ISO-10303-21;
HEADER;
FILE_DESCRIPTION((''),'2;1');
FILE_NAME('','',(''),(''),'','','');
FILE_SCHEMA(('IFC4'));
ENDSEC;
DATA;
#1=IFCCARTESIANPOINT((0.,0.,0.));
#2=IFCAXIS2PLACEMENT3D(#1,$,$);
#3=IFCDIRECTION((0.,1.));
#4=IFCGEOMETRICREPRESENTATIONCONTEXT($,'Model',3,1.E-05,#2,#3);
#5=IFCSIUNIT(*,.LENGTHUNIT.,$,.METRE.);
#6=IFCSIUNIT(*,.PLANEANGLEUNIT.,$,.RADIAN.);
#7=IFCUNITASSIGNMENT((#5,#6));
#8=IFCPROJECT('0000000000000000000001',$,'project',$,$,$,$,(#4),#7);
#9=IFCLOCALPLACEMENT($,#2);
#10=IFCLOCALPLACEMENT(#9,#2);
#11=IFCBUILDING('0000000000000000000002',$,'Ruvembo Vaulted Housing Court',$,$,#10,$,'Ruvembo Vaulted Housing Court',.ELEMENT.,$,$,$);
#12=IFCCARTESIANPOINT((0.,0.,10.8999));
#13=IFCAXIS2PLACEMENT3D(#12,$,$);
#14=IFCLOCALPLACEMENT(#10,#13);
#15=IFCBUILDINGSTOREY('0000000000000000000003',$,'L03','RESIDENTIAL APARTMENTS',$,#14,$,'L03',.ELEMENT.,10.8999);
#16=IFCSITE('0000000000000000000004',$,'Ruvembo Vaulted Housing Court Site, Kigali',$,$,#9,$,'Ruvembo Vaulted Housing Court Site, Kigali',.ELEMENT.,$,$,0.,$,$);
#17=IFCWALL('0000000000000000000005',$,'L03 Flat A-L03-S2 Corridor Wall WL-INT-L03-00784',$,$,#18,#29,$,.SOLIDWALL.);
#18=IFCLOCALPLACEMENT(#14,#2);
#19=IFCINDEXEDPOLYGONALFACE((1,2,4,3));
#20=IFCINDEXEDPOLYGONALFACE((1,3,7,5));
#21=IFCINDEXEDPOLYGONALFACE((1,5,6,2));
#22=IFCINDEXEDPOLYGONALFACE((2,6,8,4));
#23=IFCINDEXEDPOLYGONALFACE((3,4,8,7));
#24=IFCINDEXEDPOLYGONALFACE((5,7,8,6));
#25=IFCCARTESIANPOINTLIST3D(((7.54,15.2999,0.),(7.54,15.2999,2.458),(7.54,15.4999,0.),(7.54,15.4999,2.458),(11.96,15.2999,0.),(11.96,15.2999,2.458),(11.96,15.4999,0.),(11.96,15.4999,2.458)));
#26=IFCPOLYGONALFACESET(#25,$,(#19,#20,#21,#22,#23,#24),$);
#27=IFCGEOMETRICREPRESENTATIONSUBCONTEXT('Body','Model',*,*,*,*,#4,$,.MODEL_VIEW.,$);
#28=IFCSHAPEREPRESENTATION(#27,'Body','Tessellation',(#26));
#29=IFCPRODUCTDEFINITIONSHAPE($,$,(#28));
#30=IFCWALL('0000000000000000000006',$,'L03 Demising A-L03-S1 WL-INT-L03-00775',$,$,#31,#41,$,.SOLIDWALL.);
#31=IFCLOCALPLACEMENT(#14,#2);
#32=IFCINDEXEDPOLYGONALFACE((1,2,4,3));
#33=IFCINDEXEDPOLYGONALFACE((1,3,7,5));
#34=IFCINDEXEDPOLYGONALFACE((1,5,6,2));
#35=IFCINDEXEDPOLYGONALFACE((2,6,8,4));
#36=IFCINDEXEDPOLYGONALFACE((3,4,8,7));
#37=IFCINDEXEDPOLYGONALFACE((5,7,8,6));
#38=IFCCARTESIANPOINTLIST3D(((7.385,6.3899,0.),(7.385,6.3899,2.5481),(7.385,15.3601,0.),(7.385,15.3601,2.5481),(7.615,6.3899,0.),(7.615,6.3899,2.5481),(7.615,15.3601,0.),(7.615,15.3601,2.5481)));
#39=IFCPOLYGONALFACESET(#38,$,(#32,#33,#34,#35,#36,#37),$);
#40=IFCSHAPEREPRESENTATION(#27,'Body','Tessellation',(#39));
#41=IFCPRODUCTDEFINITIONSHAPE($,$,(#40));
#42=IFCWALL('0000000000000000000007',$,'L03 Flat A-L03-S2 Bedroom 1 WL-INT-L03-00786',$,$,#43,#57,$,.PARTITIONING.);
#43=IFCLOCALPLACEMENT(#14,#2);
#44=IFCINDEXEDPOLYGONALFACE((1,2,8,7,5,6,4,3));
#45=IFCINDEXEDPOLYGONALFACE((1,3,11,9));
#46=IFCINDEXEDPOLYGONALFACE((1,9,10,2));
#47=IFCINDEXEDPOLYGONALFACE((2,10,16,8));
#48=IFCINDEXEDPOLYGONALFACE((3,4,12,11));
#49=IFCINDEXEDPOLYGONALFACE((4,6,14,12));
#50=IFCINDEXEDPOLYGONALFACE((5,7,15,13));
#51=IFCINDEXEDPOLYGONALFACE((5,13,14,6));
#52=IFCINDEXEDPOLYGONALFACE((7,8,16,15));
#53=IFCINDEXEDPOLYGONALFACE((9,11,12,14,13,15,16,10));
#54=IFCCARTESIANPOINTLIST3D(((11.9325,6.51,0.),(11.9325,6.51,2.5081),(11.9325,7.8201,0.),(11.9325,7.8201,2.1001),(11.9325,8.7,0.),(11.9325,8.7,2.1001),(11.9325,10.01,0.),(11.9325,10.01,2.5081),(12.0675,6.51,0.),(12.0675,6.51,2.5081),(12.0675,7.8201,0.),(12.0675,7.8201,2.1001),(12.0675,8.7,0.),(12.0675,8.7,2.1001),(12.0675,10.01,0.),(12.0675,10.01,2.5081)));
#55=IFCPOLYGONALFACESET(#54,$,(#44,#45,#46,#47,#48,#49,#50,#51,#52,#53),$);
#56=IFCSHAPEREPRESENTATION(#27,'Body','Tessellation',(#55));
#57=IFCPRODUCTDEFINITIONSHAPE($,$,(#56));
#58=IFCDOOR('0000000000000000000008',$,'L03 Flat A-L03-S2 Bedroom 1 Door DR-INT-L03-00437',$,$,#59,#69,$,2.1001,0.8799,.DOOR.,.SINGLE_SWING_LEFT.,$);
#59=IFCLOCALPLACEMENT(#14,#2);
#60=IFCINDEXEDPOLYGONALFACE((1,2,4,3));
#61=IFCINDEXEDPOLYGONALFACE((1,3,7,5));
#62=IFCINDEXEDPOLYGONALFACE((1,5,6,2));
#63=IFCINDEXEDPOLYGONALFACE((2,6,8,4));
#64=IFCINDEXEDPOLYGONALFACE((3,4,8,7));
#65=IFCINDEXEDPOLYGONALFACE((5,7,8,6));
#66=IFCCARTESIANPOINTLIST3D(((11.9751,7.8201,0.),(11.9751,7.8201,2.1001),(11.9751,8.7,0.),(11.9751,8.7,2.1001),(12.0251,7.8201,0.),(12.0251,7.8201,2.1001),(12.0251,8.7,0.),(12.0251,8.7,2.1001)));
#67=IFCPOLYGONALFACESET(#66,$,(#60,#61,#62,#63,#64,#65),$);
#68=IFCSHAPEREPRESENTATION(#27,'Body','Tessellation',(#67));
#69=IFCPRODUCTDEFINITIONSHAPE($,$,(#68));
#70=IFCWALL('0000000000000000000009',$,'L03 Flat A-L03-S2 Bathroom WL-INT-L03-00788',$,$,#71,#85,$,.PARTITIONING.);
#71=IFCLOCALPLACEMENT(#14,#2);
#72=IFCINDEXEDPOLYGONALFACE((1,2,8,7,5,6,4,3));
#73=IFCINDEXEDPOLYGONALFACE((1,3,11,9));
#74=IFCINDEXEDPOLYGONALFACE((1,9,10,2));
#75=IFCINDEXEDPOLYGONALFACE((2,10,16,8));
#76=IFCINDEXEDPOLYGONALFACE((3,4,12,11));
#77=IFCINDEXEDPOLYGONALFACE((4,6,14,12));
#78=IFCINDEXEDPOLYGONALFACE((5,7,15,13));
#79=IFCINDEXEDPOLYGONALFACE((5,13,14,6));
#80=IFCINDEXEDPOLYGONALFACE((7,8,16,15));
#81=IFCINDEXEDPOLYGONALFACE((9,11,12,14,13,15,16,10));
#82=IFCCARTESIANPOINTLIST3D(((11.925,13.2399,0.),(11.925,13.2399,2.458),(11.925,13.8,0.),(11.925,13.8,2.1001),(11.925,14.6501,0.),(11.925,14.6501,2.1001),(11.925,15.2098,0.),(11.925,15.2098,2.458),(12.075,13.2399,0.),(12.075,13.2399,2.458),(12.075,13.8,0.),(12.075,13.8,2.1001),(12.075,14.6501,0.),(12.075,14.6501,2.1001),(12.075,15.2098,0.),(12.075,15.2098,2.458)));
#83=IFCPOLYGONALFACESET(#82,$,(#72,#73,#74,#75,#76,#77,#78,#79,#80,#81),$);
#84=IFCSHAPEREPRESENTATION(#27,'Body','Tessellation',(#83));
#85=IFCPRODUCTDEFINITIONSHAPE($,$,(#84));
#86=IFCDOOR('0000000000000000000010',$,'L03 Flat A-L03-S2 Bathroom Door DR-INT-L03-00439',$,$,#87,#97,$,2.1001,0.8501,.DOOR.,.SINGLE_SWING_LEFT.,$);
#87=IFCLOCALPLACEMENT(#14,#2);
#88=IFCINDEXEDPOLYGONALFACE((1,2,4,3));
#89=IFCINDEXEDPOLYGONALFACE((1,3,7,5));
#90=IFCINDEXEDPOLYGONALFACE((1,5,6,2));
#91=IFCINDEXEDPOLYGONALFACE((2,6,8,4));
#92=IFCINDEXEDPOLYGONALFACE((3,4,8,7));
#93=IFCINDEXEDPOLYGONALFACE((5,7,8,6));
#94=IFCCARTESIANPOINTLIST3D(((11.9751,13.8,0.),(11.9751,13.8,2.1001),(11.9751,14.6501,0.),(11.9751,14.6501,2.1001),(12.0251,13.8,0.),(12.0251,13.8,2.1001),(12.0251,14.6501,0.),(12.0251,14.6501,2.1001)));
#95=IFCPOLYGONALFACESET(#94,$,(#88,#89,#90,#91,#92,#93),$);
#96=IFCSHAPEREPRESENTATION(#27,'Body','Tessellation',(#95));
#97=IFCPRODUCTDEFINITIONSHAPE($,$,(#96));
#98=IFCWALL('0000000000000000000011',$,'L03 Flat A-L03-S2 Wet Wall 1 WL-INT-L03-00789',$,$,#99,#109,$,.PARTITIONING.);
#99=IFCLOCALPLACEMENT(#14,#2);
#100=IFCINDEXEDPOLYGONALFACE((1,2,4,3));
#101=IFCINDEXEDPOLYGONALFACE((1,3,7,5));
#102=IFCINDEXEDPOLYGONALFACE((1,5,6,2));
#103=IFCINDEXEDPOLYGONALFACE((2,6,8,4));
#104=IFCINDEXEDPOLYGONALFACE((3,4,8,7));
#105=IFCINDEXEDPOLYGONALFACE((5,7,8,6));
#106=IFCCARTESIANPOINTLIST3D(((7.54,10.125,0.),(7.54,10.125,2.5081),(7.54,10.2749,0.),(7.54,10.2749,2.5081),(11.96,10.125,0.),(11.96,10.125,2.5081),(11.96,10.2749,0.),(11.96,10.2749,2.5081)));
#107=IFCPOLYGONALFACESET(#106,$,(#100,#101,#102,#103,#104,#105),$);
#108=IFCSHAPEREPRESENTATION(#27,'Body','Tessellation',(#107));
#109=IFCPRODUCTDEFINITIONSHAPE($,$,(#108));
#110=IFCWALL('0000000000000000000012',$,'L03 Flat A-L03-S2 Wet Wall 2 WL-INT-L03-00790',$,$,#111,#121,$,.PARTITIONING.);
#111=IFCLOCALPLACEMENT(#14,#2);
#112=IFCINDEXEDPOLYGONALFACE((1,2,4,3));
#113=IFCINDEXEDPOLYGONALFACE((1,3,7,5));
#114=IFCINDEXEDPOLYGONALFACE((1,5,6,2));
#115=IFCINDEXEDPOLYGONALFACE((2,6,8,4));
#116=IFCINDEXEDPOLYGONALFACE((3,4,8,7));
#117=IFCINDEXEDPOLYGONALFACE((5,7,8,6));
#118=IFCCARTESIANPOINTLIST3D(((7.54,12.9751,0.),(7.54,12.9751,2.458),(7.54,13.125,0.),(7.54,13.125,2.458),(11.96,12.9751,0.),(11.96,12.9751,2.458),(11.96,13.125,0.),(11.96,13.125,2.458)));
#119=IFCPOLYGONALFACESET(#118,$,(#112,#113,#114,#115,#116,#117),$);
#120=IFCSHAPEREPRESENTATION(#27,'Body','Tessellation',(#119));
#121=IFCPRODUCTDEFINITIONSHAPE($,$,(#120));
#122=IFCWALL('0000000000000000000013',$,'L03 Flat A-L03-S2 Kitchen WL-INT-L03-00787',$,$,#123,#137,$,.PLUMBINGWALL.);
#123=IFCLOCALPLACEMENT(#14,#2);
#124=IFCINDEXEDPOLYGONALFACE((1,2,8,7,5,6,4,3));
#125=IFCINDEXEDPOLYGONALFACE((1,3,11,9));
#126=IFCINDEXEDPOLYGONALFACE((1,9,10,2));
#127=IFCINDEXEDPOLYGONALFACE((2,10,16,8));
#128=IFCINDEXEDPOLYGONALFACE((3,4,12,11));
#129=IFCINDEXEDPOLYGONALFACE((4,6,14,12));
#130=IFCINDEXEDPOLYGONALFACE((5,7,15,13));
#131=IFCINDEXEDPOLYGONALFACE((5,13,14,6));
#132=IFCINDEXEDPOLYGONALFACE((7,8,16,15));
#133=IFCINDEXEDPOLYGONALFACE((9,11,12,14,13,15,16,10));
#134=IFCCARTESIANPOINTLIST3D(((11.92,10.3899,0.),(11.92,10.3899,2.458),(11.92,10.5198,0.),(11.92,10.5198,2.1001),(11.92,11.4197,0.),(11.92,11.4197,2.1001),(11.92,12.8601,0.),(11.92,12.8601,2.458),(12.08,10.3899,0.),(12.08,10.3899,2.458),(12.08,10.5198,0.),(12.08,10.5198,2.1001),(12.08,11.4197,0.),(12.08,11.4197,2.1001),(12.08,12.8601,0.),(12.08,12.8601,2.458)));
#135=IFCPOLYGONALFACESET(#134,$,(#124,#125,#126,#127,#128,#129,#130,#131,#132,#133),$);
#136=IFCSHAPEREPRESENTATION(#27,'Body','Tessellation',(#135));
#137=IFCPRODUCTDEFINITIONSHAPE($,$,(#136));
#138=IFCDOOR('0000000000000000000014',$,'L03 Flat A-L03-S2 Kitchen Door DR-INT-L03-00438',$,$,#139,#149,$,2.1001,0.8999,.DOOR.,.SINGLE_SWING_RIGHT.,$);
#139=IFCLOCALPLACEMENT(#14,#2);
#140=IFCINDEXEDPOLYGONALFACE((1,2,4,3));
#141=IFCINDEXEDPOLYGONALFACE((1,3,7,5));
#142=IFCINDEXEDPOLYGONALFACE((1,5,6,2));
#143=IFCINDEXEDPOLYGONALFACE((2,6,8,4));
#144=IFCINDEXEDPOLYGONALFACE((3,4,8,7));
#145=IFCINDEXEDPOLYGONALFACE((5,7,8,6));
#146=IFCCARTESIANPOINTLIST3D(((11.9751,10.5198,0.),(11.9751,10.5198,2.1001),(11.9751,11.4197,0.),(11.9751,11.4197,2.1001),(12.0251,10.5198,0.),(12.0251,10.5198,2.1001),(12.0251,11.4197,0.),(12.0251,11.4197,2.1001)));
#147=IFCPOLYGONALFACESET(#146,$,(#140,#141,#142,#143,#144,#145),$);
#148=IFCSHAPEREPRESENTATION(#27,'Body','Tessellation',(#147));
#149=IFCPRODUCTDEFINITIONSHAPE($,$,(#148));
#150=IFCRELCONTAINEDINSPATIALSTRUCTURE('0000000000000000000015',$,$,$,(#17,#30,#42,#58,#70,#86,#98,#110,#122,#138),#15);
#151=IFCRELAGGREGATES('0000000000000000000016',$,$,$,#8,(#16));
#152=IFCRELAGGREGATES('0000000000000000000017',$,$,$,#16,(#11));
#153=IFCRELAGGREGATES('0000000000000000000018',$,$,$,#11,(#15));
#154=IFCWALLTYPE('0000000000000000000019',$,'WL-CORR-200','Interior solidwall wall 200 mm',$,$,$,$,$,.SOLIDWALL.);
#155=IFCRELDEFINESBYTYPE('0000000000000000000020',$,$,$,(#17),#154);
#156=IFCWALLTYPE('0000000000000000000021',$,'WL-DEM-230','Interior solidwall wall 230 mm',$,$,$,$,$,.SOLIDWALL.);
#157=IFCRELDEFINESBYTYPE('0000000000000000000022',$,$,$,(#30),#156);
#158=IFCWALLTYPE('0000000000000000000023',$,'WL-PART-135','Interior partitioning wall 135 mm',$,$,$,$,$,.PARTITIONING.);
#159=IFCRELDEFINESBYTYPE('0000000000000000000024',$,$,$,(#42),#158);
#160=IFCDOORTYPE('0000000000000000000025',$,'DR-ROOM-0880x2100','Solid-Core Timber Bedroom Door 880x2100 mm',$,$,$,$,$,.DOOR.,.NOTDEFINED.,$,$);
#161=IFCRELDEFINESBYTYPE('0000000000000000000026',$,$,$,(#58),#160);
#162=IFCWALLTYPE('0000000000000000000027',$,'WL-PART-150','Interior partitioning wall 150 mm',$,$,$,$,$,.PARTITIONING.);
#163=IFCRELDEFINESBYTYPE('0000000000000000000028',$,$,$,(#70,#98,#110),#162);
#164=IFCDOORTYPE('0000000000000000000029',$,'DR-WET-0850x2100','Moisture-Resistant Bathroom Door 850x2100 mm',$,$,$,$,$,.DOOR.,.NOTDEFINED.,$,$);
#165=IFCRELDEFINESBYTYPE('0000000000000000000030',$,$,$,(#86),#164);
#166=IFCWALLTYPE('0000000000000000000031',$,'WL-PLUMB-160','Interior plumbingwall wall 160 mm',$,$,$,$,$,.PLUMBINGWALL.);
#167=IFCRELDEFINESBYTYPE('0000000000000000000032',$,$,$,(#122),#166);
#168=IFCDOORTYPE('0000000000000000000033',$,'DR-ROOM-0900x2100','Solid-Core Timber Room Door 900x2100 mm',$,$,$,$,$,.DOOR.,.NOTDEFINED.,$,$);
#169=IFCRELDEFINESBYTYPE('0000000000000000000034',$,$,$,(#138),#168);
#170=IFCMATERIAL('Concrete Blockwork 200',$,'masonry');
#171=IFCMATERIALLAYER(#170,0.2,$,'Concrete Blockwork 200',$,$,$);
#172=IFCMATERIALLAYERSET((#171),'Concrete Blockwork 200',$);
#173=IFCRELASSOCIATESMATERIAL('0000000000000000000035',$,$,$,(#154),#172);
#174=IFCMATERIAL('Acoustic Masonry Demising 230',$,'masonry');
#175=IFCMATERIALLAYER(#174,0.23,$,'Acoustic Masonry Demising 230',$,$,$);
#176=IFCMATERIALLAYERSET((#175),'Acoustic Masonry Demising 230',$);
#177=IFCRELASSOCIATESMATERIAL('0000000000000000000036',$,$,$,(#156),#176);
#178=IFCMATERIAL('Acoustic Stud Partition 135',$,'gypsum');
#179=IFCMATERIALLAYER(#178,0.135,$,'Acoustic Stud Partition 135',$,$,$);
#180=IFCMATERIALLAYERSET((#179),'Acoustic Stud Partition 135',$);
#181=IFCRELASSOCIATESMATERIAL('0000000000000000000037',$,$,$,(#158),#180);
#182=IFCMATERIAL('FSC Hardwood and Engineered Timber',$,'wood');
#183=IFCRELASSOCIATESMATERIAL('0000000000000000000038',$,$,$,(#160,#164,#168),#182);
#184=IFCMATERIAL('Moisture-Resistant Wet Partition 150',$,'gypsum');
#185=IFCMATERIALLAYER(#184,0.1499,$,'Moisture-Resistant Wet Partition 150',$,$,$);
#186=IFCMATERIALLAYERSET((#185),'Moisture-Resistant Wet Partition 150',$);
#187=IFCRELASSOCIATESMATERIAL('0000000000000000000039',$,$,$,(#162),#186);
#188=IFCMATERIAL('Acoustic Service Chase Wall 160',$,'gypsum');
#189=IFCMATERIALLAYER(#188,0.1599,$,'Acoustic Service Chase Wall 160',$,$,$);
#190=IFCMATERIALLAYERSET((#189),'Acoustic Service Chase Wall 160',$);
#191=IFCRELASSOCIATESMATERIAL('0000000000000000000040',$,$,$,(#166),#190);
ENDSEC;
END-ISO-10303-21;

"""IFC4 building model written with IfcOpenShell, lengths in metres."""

from ifc_helpers import new_model, si_unit, direction, frame, frame_2d, origin, place, context, subcontext, project, spatial, rectangle, extrude, material, layer, layer_set, type_object, element, fill, save


model = new_model("IFC4")

# Units and contexts
model_context = context("Model", 3, precision=1e-05, world=origin(), true_north=direction((0.0, 1.0)))
body_context = subcontext(model_context, "Body", "Model", "MODEL_VIEW")
ifc_project = project(units=[si_unit("LENGTHUNIT", "METRE"), si_unit("PLANEANGLEUNIT", "RADIAN")], contexts=[model_context])

# Site, building, storey
site_placement = place(None, origin())
site = spatial("IfcSite", under=ifc_project, at=site_placement, Name="Ruvembo Vaulted Housing Court Site, Kigali", LongName="Ruvembo Vaulted Housing Court Site, Kigali", CompositionType="ELEMENT", RefElevation=0.0)
building_placement = place(site_placement, origin())
building = spatial("IfcBuilding", under=site, at=building_placement, Name="Ruvembo Vaulted Housing Court", LongName="Ruvembo Vaulted Housing Court", CompositionType="ELEMENT")
storey_placement = place(building_placement, frame((0.0, 0.0, 10.8999)))
storey = spatial("IfcBuildingStorey", under=building, at=storey_placement, Name="L03", Description="RESIDENTIAL APARTMENTS", LongName="L03", CompositionType="ELEMENT", Elevation=10.8999)

# Wall
ifc_material_1 = material(Name="Concrete Blockwork 200", Category="masonry")
ifc_layer_1 = layer(ifc_material_1, 0.2, Name="Concrete Blockwork 200")
ifc_layer_set_1 = layer_set([ifc_layer_1], Name="Concrete Blockwork 200")
wall_type_1 = type_object("IfcWallType", Name="WL-CORR-200", Description="Interior solidwall wall 200 mm", PredefinedType="SOLIDWALL", material=ifc_layer_set_1)
wall_1_placement = place(storey_placement, frame((7.54, 15.3999, 0.0), z_axis=(0.0, 0.0, 1.0), x_axis=(1.0, 0.0, 0.0)))
element("IfcWall", 1, at=wall_1_placement, inside=storey, type_object=wall_type_1, Name="L03 Flat A-L03-S2 Corridor Wall WL-INT-L03-00784", PredefinedType="SOLIDWALL", context=body_context, shape_type="SweptSolid", body=[
    extrude(rectangle(XDim=4.4199, YDim=0.2, at=frame_2d((2.21, 0.0))), origin(), (0.0, 0.0, 1.0), 2.458),
])

# Shared definitions
ifc_material_2 = material(Name="FSC Hardwood and Engineered Timber", Category="wood")

# Wall
ifc_material_3 = material(Name="Acoustic Masonry Demising 230", Category="masonry")
ifc_layer_2 = layer(ifc_material_3, 0.23, Name="Acoustic Masonry Demising 230")
ifc_layer_set_2 = layer_set([ifc_layer_2], Name="Acoustic Masonry Demising 230")
wall_type_2 = type_object("IfcWallType", Name="WL-DEM-230", Description="Interior solidwall wall 230 mm", PredefinedType="SOLIDWALL", material=ifc_layer_set_2)
wall_2_placement = place(storey_placement, frame((7.5, 6.3899, 0.0), z_axis=(0.0, 0.0, 1.0), x_axis=(0.0, 1.0, 0.0)))
element("IfcWall", 2, at=wall_2_placement, inside=storey, type_object=wall_type_2, Name="L03 Demising A-L03-S1 WL-INT-L03-00775", PredefinedType="SOLIDWALL", context=body_context, shape_type="SweptSolid", body=[
    extrude(rectangle(XDim=8.9702, YDim=0.23, at=frame_2d((4.4851, 0.0))), origin(), (0.0, 0.0, 1.0), 2.5481),
])

# Walls, openings, doors
ifc_material_4 = material(Name="Acoustic Stud Partition 135", Category="gypsum")
ifc_layer_3 = layer(ifc_material_4, 0.135, Name="Acoustic Stud Partition 135")
ifc_layer_set_3 = layer_set([ifc_layer_3], Name="Acoustic Stud Partition 135")
wall_type_3 = type_object("IfcWallType", Name="WL-PART-135", Description="Interior partitioning wall 135 mm", PredefinedType="PARTITIONING", material=ifc_layer_set_3)
wall_3_placement = place(storey_placement, frame((12.0, 6.51, 0.0), z_axis=(0.0, 0.0, 1.0), x_axis=(0.0, 1.0, 0.0)))
wall_3 = element("IfcWall", 3, at=wall_3_placement, inside=storey, type_object=wall_type_3, Name="L03 Flat A-L03-S2 Bedroom 1 WL-INT-L03-00786", PredefinedType="PARTITIONING", context=body_context, shape_type="SweptSolid", body=[
    extrude(rectangle(XDim=3.5, YDim=0.135, at=frame_2d((1.75, 0.0))), origin(), (0.0, 0.0, 1.0), 2.5081),
])
opening_1_placement = place(wall_3_placement, frame((1.3101, 0.0, 0.0)))
opening_1 = element("IfcOpeningElement", 4, at=opening_1_placement, cuts=wall_3, PredefinedType="OPENING", context=body_context, shape_type="SweptSolid", body=[
    extrude(rectangle(XDim=0.8799, YDim=2.1001, at=frame_2d((0.4399, 1.05))), frame((0.0, 0.0774, 0.0), z_axis=(0.0, -1.0, 0.0), x_axis=(1.0, 0.0, 0.0)), (0.0, 0.0, 1.0), 0.155),
])
door_type_1 = type_object("IfcDoorType", Name="DR-ROOM-0880x2100", Description="Solid-Core Timber Bedroom Door 880x2100 mm", OperationType="NOTDEFINED", PredefinedType="DOOR", material=ifc_material_2)
door_1_placement = place(opening_1_placement, origin())
door_1 = element("IfcDoor", 5, at=door_1_placement, inside=storey, type_object=door_type_1, Name="L03 Flat A-L03-S2 Bedroom 1 Door DR-INT-L03-00437", OperationType="SINGLE_SWING_LEFT", OverallHeight=2.1001, OverallWidth=0.8799, PredefinedType="DOOR", context=body_context, shape_type="SweptSolid", body=[
    extrude(rectangle(XDim=0.8799, YDim=2.1001, at=frame_2d((0.4399, 1.05))), frame((0.0, 0.0249, 0.0), z_axis=(0.0, -1.0, 0.0), x_axis=(1.0, 0.0, 0.0)), (0.0, 0.0, 1.0), 0.05),
])
fill(opening_1, door_1)
ifc_material_5 = material(Name="Moisture-Resistant Wet Partition 150", Category="gypsum")
ifc_layer_4 = layer(ifc_material_5, 0.1499, Name="Moisture-Resistant Wet Partition 150")
ifc_layer_set_4 = layer_set([ifc_layer_4], Name="Moisture-Resistant Wet Partition 150")
wall_type_4 = type_object("IfcWallType", Name="WL-PART-150", Description="Interior partitioning wall 150 mm", PredefinedType="PARTITIONING", material=ifc_layer_set_4)
wall_4_placement = place(storey_placement, frame((12.0, 13.24, 0.0), z_axis=(0.0, 0.0, 1.0), x_axis=(0.0, 1.0, 0.0)))
wall_4 = element("IfcWall", 6, at=wall_4_placement, inside=storey, type_object=wall_type_4, Name="L03 Flat A-L03-S2 Bathroom WL-INT-L03-00788", PredefinedType="PARTITIONING", context=body_context, shape_type="SweptSolid", body=[
    extrude(rectangle(XDim=1.97, YDim=0.1499, at=frame_2d((0.9849, 0.0))), origin(), (0.0, 0.0, 1.0), 2.458),
])
opening_2_placement = place(wall_4_placement, frame((0.5601, 0.0, 0.0)))
opening_2 = element("IfcOpeningElement", 7, at=opening_2_placement, cuts=wall_4, PredefinedType="OPENING", context=body_context, shape_type="SweptSolid", body=[
    extrude(rectangle(XDim=0.8501, YDim=2.1001, at=frame_2d((0.425, 1.05))), frame((0.0, 0.085, 0.0), z_axis=(0.0, -1.0, 0.0), x_axis=(1.0, 0.0, 0.0)), (0.0, 0.0, 1.0), 0.1699),
])
door_type_2 = type_object("IfcDoorType", Name="DR-WET-0850x2100", Description="Moisture-Resistant Bathroom Door 850x2100 mm", OperationType="NOTDEFINED", PredefinedType="DOOR", material=ifc_material_2)
door_2_placement = place(opening_2_placement, origin())
door_2 = element("IfcDoor", 8, at=door_2_placement, inside=storey, type_object=door_type_2, Name="L03 Flat A-L03-S2 Bathroom Door DR-INT-L03-00439", OperationType="SINGLE_SWING_LEFT", OverallHeight=2.1001, OverallWidth=0.8501, PredefinedType="DOOR", context=body_context, shape_type="SweptSolid", body=[
    extrude(rectangle(XDim=0.8501, YDim=2.1001, at=frame_2d((0.425, 1.05))), frame((0.0, 0.0249, 0.0), z_axis=(0.0, -1.0, 0.0), x_axis=(1.0, 0.0, 0.0)), (0.0, 0.0, 1.0), 0.05),
])
fill(opening_2, door_2)

# Walls
wall_5_placement = place(storey_placement, frame((7.54, 10.2, 0.0), z_axis=(0.0, 0.0, 1.0), x_axis=(1.0, 0.0, 0.0)))
element("IfcWall", 9, at=wall_5_placement, inside=storey, type_object=wall_type_4, Name="L03 Flat A-L03-S2 Wet Wall 1 WL-INT-L03-00789", PredefinedType="PARTITIONING", context=body_context, shape_type="SweptSolid", body=[
    extrude(rectangle(XDim=4.4199, YDim=0.1499, at=frame_2d((2.21, 0.0))), origin(), (0.0, 0.0, 1.0), 2.5081),
])
wall_6_placement = place(storey_placement, frame((7.54, 13.05, 0.0), z_axis=(0.0, 0.0, 1.0), x_axis=(1.0, 0.0, 0.0)))
element("IfcWall", 10, at=wall_6_placement, inside=storey, type_object=wall_type_4, Name="L03 Flat A-L03-S2 Wet Wall 2 WL-INT-L03-00790", PredefinedType="PARTITIONING", context=body_context, shape_type="SweptSolid", body=[
    extrude(rectangle(XDim=4.4199, YDim=0.1499, at=frame_2d((2.21, 0.0))), origin(), (0.0, 0.0, 1.0), 2.458),
])

# Wall, opening, door
ifc_material_6 = material(Name="Acoustic Service Chase Wall 160", Category="gypsum")
ifc_layer_5 = layer(ifc_material_6, 0.1599, Name="Acoustic Service Chase Wall 160")
ifc_layer_set_5 = layer_set([ifc_layer_5], Name="Acoustic Service Chase Wall 160")
wall_type_5 = type_object("IfcWallType", Name="WL-PLUMB-160", Description="Interior plumbingwall wall 160 mm", PredefinedType="PLUMBINGWALL", material=ifc_layer_set_5)
wall_7_placement = place(storey_placement, frame((12.0, 10.3899, 0.0), z_axis=(0.0, 0.0, 1.0), x_axis=(0.0, 1.0, 0.0)))
wall_7 = element("IfcWall", 11, at=wall_7_placement, inside=storey, type_object=wall_type_5, Name="L03 Flat A-L03-S2 Kitchen WL-INT-L03-00787", PredefinedType="PLUMBINGWALL", context=body_context, shape_type="SweptSolid", body=[
    extrude(rectangle(XDim=2.4702, YDim=0.1599, at=frame_2d((1.2351, 0.0))), origin(), (0.0, 0.0, 1.0), 2.458),
])
opening_3_placement = place(wall_7_placement, frame((0.1299, 0.0, 0.0)))
opening_3 = element("IfcOpeningElement", 12, at=opening_3_placement, cuts=wall_7, PredefinedType="OPENING", context=body_context, shape_type="SweptSolid", body=[
    extrude(rectangle(XDim=0.8999, YDim=2.1001, at=frame_2d((0.45, 1.05))), frame((0.0, 0.0898, 0.0), z_axis=(0.0, -1.0, 0.0), x_axis=(1.0, 0.0, 0.0)), (0.0, 0.0, 1.0), 0.1799),
])
door_type_3 = type_object("IfcDoorType", Name="DR-ROOM-0900x2100", Description="Solid-Core Timber Room Door 900x2100 mm", OperationType="NOTDEFINED", PredefinedType="DOOR", material=ifc_material_2)
door_3_placement = place(opening_3_placement, origin())
door_3 = element("IfcDoor", 13, at=door_3_placement, inside=storey, type_object=door_type_3, Name="L03 Flat A-L03-S2 Kitchen Door DR-INT-L03-00438", OperationType="SINGLE_SWING_RIGHT", OverallHeight=2.1001, OverallWidth=0.8999, PredefinedType="DOOR", context=body_context, shape_type="SweptSolid", body=[
    extrude(rectangle(XDim=0.8999, YDim=2.1001, at=frame_2d((0.45, 1.05))), frame((0.0, 0.0249, 0.0), z_axis=(0.0, -1.0, 0.0), x_axis=(1.0, 0.0, 0.0)), (0.0, 0.0, 1.0), 0.05),
])
fill(opening_3, door_3)

save(model, "model.ifc")
